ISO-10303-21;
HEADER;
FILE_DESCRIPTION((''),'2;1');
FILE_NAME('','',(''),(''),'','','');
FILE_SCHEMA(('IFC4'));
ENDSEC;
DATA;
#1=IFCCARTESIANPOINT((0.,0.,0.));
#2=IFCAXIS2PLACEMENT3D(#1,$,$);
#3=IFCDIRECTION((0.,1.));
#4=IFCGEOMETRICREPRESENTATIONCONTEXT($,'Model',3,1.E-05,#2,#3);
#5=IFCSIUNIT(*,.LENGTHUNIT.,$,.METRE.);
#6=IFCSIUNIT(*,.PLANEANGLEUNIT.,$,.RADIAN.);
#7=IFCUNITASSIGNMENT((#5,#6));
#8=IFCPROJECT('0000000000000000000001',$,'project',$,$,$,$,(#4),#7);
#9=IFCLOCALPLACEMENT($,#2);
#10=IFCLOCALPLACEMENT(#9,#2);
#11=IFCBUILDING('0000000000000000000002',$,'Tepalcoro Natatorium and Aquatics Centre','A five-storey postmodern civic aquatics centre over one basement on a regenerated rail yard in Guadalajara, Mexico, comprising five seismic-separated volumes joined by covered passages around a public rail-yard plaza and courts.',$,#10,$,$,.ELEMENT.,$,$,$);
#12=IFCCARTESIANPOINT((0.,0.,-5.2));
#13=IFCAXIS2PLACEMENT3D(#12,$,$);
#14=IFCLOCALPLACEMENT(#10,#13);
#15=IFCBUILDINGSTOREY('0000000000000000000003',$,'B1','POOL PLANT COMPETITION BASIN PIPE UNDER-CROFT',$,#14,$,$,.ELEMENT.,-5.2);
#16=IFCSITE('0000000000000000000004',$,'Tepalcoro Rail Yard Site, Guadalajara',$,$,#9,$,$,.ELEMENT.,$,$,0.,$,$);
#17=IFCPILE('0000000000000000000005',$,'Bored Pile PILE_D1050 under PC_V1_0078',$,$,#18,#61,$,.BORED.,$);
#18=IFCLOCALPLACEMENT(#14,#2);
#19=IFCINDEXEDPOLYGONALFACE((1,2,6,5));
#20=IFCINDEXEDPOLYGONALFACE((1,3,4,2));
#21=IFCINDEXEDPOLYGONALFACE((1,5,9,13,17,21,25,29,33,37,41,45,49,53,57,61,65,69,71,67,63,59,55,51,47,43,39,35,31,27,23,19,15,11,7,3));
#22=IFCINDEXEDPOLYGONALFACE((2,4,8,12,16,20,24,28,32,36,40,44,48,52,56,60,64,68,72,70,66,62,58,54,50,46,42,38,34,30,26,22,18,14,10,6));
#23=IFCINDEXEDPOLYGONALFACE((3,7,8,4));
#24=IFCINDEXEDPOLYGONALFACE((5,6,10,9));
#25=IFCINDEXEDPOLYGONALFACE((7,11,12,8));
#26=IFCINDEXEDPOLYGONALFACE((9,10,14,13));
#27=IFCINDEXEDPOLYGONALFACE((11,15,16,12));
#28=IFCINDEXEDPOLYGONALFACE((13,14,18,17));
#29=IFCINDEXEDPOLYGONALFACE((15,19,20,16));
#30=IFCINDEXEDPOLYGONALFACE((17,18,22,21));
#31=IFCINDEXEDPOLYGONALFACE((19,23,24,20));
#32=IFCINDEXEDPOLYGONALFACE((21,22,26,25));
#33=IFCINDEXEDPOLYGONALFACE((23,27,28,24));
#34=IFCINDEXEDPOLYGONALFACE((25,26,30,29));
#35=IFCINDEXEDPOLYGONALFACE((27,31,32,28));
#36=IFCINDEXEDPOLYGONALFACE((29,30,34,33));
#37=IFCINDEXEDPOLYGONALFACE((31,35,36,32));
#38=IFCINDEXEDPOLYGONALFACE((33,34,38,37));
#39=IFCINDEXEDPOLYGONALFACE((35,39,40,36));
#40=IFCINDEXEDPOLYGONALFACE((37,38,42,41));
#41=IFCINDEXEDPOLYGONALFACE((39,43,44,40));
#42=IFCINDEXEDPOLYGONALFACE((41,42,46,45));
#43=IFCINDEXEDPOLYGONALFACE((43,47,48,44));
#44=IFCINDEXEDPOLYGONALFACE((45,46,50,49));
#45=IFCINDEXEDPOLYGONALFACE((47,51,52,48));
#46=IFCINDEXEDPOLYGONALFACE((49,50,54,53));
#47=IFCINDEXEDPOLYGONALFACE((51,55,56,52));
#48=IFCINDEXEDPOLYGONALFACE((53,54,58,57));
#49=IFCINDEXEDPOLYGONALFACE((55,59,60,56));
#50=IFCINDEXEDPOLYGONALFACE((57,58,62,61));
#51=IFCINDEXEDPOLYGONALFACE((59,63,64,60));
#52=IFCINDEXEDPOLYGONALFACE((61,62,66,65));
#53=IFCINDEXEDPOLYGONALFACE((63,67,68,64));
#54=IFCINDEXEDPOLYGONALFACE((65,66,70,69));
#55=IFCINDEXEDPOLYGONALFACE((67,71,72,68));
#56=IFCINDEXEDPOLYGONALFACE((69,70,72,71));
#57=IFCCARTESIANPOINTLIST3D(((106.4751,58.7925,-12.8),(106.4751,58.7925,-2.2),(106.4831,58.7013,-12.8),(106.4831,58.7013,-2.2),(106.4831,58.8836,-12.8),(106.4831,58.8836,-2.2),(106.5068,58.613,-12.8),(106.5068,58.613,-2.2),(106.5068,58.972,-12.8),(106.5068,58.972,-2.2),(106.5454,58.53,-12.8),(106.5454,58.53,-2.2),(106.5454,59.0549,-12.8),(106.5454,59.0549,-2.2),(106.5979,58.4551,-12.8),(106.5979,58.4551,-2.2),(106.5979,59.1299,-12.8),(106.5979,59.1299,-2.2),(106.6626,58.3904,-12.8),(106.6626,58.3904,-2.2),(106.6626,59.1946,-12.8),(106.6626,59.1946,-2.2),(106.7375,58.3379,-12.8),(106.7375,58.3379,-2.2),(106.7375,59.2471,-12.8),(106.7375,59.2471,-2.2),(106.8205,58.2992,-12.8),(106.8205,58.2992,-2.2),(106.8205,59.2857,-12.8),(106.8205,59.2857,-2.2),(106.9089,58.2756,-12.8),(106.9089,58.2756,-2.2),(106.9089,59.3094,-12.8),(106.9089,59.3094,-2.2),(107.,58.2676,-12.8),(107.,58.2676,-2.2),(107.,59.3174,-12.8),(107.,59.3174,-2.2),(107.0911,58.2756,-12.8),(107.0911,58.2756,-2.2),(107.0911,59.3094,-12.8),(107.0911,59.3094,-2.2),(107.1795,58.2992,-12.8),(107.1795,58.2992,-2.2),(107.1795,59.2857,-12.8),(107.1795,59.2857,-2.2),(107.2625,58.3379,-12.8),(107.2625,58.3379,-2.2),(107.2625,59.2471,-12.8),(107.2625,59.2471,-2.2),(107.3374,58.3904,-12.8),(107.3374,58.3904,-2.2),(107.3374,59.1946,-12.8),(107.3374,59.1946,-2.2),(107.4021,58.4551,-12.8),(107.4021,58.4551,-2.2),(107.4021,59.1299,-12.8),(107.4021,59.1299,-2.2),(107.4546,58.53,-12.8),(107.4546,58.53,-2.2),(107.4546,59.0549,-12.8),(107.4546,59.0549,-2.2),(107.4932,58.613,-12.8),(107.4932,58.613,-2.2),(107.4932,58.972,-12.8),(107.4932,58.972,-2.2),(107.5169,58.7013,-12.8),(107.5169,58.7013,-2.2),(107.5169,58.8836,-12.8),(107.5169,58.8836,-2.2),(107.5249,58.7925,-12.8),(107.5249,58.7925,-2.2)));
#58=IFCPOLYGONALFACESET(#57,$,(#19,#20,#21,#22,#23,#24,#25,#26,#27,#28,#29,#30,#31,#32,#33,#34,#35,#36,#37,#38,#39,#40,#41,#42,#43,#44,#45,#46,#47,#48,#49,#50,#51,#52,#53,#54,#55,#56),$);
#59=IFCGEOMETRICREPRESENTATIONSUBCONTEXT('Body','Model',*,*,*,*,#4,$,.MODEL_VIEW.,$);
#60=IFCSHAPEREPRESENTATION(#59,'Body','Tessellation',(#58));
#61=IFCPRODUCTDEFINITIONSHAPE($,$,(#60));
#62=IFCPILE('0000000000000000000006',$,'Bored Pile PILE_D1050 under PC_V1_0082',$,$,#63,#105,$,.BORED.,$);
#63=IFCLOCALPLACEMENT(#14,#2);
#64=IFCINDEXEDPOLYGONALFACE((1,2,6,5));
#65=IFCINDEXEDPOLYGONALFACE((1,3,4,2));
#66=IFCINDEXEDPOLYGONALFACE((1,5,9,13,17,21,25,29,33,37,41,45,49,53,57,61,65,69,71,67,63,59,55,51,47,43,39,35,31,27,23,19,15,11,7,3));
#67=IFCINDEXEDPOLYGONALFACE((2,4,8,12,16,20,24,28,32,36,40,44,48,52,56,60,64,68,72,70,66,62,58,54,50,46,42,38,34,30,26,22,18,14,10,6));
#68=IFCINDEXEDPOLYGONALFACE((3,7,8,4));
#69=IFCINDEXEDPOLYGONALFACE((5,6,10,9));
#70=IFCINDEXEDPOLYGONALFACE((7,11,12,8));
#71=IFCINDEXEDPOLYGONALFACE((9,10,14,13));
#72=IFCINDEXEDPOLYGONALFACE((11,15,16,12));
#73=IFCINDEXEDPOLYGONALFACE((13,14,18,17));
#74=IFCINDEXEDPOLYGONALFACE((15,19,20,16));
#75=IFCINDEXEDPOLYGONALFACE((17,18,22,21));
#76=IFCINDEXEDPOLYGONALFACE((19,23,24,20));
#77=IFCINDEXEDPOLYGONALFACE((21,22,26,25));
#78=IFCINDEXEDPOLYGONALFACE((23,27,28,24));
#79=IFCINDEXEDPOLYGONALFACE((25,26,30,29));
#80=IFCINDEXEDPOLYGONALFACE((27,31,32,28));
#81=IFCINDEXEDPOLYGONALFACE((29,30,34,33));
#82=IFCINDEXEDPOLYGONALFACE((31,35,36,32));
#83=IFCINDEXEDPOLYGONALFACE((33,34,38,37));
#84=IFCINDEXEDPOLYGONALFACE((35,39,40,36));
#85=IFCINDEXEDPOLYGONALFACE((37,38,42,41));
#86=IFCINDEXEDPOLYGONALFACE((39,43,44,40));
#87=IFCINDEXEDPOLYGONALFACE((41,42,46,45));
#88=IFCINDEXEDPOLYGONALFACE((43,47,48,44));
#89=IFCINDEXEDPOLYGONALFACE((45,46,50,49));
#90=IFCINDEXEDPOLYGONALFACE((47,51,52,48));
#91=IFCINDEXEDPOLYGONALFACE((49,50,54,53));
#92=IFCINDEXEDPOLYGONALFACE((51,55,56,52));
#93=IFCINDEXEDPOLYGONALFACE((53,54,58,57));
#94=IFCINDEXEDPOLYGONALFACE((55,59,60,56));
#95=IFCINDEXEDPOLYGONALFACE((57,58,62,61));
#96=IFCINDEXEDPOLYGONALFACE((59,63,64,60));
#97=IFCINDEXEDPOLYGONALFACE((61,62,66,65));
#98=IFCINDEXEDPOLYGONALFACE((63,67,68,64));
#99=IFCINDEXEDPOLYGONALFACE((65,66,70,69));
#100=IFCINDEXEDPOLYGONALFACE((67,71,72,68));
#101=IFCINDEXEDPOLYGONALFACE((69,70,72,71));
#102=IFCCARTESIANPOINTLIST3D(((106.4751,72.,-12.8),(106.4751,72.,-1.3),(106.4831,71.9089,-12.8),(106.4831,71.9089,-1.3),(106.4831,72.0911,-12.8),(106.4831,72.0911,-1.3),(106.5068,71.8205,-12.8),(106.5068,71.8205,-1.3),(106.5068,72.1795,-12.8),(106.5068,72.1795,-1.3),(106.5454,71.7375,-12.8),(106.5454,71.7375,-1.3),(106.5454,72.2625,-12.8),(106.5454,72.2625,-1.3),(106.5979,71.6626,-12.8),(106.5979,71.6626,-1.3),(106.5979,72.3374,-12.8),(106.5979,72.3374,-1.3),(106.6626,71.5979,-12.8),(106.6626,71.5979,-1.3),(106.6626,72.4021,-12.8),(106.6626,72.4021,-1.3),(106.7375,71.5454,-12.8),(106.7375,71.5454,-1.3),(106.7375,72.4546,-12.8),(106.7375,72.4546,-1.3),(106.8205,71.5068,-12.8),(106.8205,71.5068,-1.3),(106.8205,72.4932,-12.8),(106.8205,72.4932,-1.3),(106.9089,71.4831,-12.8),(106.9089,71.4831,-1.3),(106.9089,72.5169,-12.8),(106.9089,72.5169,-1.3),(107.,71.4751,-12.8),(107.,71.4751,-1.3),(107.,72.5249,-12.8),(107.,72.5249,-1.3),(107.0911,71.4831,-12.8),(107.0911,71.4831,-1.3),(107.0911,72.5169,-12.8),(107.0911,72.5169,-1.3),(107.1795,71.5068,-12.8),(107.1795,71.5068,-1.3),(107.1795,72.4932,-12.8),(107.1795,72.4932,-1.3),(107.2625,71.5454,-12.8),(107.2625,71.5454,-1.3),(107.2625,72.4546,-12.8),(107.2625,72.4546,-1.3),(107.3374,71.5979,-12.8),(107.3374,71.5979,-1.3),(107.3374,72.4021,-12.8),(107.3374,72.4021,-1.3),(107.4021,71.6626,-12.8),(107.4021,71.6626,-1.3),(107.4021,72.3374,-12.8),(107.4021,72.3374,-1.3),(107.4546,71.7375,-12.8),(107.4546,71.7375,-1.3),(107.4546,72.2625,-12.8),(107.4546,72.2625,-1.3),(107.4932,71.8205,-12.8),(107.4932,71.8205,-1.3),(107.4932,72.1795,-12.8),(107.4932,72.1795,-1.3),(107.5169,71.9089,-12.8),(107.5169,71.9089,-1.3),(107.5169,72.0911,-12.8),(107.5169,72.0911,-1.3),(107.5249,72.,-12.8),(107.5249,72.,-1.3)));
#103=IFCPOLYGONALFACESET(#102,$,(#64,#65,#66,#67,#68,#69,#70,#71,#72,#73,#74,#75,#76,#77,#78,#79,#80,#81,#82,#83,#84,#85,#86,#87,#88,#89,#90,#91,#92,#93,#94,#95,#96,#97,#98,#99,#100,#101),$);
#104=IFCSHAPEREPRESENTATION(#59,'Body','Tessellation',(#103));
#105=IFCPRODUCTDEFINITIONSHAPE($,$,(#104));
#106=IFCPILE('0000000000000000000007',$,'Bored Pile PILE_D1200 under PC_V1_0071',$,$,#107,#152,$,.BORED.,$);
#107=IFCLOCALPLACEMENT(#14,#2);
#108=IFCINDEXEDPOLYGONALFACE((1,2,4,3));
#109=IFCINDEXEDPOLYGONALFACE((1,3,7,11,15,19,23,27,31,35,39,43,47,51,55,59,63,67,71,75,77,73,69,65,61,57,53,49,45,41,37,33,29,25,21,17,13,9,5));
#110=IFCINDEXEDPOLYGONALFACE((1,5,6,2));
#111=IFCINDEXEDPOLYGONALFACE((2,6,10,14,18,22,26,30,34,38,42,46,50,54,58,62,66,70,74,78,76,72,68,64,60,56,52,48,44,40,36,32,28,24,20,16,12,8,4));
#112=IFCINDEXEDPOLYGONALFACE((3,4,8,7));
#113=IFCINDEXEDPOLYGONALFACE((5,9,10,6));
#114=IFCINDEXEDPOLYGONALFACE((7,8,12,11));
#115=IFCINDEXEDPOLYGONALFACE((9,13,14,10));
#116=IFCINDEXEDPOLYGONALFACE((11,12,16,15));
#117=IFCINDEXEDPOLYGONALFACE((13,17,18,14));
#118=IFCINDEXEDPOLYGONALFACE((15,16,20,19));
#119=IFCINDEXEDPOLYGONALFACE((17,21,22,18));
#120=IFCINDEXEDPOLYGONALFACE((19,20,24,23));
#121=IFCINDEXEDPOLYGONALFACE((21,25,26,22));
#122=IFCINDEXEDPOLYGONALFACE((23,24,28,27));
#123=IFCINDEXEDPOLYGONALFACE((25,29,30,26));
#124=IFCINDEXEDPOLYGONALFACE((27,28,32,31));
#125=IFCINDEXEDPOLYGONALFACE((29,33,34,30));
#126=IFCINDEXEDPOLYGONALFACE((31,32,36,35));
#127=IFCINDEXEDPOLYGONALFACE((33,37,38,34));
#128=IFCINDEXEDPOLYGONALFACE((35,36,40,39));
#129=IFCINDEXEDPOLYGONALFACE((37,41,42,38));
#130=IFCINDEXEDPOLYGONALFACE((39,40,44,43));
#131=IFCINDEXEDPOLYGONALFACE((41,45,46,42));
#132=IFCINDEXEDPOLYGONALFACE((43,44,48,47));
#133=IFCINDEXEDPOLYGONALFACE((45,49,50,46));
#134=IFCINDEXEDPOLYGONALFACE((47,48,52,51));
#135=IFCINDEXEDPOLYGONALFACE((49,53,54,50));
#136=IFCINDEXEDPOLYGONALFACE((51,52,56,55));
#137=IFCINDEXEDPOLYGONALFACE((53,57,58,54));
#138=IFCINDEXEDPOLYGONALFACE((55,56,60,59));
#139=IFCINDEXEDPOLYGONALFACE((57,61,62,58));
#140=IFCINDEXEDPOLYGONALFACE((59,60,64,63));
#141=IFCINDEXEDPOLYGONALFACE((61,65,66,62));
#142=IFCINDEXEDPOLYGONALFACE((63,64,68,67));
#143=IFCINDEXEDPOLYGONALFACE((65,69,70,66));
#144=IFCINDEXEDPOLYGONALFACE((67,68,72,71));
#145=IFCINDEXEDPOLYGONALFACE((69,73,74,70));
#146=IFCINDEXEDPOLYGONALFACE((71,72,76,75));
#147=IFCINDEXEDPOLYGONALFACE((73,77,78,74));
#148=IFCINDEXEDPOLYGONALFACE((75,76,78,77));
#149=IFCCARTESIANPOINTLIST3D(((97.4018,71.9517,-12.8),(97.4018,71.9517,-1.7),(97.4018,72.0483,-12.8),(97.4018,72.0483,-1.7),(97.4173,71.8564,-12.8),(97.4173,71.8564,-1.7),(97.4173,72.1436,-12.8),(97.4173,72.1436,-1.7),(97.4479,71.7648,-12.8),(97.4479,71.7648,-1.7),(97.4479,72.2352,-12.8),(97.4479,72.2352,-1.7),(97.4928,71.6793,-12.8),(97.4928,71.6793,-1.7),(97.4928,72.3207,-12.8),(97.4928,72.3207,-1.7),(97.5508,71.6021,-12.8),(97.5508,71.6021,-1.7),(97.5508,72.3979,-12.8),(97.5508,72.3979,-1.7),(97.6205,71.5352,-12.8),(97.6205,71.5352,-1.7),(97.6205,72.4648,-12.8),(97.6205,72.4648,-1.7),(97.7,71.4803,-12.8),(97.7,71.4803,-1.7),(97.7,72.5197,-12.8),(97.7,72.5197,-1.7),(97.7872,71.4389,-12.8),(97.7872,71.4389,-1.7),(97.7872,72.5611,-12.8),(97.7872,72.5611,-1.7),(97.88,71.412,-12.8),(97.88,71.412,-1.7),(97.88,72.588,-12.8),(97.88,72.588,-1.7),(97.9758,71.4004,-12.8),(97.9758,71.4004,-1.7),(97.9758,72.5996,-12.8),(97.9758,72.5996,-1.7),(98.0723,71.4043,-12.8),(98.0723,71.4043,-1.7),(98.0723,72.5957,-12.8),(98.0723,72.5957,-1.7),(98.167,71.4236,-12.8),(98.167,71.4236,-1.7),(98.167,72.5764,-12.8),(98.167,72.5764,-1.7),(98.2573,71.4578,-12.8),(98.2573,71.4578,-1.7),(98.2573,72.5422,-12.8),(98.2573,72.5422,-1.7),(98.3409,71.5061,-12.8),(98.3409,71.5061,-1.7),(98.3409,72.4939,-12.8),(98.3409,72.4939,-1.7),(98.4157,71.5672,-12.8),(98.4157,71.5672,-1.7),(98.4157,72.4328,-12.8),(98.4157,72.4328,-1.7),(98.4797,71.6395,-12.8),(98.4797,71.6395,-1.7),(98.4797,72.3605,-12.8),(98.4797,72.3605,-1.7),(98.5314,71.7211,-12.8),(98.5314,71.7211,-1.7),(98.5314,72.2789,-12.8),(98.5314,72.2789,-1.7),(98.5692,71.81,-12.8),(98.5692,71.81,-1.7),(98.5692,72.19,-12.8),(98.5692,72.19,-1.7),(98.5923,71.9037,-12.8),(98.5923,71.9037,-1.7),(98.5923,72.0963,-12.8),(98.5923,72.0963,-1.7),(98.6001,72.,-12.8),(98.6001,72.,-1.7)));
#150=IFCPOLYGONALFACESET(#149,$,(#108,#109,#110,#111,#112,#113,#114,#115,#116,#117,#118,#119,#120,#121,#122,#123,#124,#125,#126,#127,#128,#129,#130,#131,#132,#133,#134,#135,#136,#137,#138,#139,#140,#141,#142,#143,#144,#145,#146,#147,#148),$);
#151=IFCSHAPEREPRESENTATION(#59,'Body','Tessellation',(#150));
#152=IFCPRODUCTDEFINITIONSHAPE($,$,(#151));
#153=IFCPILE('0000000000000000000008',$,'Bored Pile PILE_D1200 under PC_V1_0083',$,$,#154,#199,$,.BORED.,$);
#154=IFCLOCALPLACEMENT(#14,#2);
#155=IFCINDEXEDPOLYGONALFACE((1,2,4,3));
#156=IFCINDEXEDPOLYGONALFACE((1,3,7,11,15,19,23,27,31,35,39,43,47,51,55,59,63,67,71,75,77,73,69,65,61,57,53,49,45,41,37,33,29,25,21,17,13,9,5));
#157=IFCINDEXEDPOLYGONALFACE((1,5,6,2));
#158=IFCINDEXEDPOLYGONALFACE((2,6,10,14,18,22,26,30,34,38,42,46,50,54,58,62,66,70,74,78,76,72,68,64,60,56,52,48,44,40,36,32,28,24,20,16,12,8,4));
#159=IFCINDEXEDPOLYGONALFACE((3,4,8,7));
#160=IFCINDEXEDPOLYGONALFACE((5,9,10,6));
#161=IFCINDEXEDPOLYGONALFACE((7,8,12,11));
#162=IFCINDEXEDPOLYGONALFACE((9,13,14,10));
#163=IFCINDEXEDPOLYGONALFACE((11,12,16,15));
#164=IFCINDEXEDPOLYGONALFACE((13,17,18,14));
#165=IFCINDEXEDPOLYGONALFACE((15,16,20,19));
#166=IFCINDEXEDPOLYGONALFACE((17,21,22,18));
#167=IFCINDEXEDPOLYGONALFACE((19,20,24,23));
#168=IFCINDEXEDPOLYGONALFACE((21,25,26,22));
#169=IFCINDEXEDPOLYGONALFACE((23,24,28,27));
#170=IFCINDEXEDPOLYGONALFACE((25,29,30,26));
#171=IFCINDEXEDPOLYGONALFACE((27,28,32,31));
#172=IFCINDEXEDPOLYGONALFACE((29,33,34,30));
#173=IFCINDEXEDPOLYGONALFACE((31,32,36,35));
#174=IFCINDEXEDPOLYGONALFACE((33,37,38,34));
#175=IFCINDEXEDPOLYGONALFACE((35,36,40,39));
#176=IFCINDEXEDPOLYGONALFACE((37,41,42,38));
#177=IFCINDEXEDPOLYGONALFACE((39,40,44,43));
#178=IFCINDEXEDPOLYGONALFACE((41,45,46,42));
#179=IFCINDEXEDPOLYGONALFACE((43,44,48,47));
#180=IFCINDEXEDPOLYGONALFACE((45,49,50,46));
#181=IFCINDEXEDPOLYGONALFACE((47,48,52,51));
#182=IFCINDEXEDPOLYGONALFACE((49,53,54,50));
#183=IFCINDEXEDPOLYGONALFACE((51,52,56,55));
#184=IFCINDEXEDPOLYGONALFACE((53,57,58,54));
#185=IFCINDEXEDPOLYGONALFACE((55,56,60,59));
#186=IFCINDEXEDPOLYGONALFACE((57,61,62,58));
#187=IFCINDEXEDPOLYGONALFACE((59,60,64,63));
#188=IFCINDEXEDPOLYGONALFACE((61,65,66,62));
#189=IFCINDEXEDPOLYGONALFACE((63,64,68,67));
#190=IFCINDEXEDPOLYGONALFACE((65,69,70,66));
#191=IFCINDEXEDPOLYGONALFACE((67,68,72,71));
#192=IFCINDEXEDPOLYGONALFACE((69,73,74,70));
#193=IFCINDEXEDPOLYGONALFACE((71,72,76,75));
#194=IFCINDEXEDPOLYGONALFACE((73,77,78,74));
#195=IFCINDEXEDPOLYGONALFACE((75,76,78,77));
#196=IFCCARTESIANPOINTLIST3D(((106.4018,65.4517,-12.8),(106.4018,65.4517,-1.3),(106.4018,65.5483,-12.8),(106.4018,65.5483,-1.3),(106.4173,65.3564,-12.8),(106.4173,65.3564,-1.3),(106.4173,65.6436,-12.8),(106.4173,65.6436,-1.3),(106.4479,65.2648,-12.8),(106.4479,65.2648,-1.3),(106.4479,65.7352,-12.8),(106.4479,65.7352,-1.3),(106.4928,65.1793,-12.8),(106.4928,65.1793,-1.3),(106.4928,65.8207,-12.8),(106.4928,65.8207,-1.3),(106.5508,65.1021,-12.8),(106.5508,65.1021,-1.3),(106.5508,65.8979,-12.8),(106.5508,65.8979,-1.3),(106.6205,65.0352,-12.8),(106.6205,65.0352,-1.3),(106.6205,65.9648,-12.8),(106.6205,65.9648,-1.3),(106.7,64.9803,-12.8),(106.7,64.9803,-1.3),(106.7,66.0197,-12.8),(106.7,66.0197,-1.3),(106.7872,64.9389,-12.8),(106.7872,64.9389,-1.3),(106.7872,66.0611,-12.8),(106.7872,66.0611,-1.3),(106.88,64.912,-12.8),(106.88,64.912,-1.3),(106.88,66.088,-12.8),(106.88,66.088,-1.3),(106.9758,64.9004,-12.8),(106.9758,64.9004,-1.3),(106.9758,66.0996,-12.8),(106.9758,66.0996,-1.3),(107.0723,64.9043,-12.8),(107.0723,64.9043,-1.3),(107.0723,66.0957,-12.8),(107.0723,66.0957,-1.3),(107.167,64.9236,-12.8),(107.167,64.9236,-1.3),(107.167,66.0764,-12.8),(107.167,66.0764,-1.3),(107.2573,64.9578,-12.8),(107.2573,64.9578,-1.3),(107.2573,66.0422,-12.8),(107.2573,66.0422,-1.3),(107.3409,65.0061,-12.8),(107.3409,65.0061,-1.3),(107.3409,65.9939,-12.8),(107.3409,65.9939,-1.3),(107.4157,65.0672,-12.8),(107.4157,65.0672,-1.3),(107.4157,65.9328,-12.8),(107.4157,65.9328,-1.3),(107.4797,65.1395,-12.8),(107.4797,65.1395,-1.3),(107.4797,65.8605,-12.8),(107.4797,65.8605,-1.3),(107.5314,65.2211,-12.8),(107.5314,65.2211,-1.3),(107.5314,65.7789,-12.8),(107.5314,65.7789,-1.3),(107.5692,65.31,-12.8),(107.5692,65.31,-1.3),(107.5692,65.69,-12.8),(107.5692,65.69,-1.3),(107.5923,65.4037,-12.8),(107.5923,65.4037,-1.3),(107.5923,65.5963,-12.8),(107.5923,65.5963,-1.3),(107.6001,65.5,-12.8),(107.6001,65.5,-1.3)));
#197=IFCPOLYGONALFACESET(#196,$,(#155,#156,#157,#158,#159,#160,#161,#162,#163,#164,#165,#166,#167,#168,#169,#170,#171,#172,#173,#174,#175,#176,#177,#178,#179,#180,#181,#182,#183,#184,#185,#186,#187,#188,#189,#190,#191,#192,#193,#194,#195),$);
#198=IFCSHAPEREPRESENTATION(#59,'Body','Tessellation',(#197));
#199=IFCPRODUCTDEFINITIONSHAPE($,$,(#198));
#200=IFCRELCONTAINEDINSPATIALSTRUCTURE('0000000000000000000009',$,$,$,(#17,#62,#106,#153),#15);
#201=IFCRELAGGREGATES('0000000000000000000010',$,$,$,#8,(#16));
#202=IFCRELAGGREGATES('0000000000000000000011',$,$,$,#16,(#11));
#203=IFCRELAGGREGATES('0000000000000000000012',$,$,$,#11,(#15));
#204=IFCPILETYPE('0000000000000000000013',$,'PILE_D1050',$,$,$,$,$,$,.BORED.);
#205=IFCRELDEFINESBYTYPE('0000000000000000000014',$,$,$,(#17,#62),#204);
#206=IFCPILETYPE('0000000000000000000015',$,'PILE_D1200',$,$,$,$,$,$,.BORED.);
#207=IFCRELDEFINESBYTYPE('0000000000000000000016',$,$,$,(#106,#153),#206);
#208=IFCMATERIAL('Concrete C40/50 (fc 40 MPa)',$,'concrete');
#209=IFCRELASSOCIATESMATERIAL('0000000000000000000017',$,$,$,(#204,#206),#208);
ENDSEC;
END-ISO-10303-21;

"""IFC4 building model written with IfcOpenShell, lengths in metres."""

from ifc_helpers import new_model, si_unit, direction, frame, origin, origin_2d, place, context, subcontext, project, spatial, circle, extrude, material, material_profile, profile_set, type_object, element, save


model = new_model("IFC4")

# Units and contexts
model_context = context("Model", 3, precision=1e-05, world=origin(), true_north=direction((0.0, 1.0)))
body_context = subcontext(model_context, "Body", "Model", "MODEL_VIEW")
ifc_project = project(units=[si_unit("LENGTHUNIT", "METRE"), si_unit("PLANEANGLEUNIT", "RADIAN")], contexts=[model_context])

# Site, building, storey
site_placement = place(None, origin())
site = spatial("IfcSite", under=ifc_project, at=site_placement, Name="Tepalcoro Rail Yard Site, Guadalajara", CompositionType="ELEMENT", RefElevation=0.0)
building_placement = place(site_placement, origin())
building = spatial("IfcBuilding", under=site, at=building_placement, Name="Tepalcoro Natatorium and Aquatics Centre", Description="A five-storey postmodern civic aquatics centre over one basement on a regenerated rail yard in Guadalajara, Mexico, comprising five seismic-separated volumes joined by covered passages around a public rail-yard plaza and courts.", CompositionType="ELEMENT")
storey_placement = place(building_placement, frame((0.0, 0.0, -5.2)))
storey = spatial("IfcBuildingStorey", under=building, at=storey_placement, Name="B1", Description="POOL PLANT COMPETITION BASIN PIPE UNDER-CROFT", CompositionType="ELEMENT", Elevation=-5.2)

# Piles
ifc_material_1 = material(Name="Concrete C40/50 (fc 40 MPa)", Category="concrete")
ifc_material_profile_1 = material_profile(ifc_material_1, circle(Radius=0.5249, at=origin_2d()), Name="PILE_D1050")
ifc_profile_set_1 = profile_set([ifc_material_profile_1], Name="Concrete C40/50 (fc 40 MPa)")
pile_type_1 = type_object("IfcPileType", Name="PILE_D1050", PredefinedType="BORED", material=ifc_profile_set_1)
for number, where, z_axis, x_axis, name in (
    (1, (107.0, 58.7925, -2.2), (0.0, 0.0, -1.0), (1.0, 0.0, 0.0), "Bored Pile PILE_D1050 under PC_V1_0078"),
):
    element("IfcPile", number, at=place(storey_placement, frame(where, z_axis=z_axis, x_axis=x_axis)), inside=storey, type_object=pile_type_1, Name=name, PredefinedType="BORED", context=body_context, shape_type="SweptSolid", body=[
        extrude(circle(Radius=0.5249, at=origin_2d()), origin(), (0.0, 0.0, 1.0), 10.6001),
    ])
pile_1_placement = place(storey_placement, frame((107.0, 72.0, -1.3), z_axis=(0.0, 0.0, -1.0), x_axis=(1.0, 0.0, 0.0)))
element("IfcPile", 2, at=pile_1_placement, inside=storey, type_object=pile_type_1, Name="Bored Pile PILE_D1050 under PC_V1_0082", PredefinedType="BORED", context=body_context, shape_type="SweptSolid", body=[
    extrude(circle(Radius=0.5249, at=origin_2d()), origin(), (0.0, 0.0, 1.0), 11.5),
])
ifc_material_profile_2 = material_profile(ifc_material_1, circle(Radius=0.6001, at=origin_2d()), Name="PILE_D1200")
ifc_profile_set_2 = profile_set([ifc_material_profile_2], Name="Concrete C40/50 (fc 40 MPa)")
pile_type_2 = type_object("IfcPileType", Name="PILE_D1200", PredefinedType="BORED", material=ifc_profile_set_2)
pile_2_placement = place(storey_placement, frame((98.0, 72.0, -1.7), z_axis=(0.0, 0.0, -1.0), x_axis=(1.0, 0.0, 0.0)))
element("IfcPile", 3, at=pile_2_placement, inside=storey, type_object=pile_type_2, Name="Bored Pile PILE_D1200 under PC_V1_0071", PredefinedType="BORED", context=body_context, shape_type="SweptSolid", body=[
    extrude(circle(Radius=0.6001, at=origin_2d()), origin(), (0.0, 0.0, 1.0), 11.1001),
])
pile_3_placement = place(storey_placement, frame((107.0, 65.5, -1.3), z_axis=(0.0, 0.0, -1.0), x_axis=(1.0, 0.0, 0.0)))
element("IfcPile", 4, at=pile_3_placement, inside=storey, type_object=pile_type_2, Name="Bored Pile PILE_D1200 under PC_V1_0083", PredefinedType="BORED", context=body_context, shape_type="SweptSolid", body=[
    extrude(circle(Radius=0.6001, at=origin_2d()), origin(), (0.0, 0.0, 1.0), 11.5),
])

save(model, "model.ifc")
